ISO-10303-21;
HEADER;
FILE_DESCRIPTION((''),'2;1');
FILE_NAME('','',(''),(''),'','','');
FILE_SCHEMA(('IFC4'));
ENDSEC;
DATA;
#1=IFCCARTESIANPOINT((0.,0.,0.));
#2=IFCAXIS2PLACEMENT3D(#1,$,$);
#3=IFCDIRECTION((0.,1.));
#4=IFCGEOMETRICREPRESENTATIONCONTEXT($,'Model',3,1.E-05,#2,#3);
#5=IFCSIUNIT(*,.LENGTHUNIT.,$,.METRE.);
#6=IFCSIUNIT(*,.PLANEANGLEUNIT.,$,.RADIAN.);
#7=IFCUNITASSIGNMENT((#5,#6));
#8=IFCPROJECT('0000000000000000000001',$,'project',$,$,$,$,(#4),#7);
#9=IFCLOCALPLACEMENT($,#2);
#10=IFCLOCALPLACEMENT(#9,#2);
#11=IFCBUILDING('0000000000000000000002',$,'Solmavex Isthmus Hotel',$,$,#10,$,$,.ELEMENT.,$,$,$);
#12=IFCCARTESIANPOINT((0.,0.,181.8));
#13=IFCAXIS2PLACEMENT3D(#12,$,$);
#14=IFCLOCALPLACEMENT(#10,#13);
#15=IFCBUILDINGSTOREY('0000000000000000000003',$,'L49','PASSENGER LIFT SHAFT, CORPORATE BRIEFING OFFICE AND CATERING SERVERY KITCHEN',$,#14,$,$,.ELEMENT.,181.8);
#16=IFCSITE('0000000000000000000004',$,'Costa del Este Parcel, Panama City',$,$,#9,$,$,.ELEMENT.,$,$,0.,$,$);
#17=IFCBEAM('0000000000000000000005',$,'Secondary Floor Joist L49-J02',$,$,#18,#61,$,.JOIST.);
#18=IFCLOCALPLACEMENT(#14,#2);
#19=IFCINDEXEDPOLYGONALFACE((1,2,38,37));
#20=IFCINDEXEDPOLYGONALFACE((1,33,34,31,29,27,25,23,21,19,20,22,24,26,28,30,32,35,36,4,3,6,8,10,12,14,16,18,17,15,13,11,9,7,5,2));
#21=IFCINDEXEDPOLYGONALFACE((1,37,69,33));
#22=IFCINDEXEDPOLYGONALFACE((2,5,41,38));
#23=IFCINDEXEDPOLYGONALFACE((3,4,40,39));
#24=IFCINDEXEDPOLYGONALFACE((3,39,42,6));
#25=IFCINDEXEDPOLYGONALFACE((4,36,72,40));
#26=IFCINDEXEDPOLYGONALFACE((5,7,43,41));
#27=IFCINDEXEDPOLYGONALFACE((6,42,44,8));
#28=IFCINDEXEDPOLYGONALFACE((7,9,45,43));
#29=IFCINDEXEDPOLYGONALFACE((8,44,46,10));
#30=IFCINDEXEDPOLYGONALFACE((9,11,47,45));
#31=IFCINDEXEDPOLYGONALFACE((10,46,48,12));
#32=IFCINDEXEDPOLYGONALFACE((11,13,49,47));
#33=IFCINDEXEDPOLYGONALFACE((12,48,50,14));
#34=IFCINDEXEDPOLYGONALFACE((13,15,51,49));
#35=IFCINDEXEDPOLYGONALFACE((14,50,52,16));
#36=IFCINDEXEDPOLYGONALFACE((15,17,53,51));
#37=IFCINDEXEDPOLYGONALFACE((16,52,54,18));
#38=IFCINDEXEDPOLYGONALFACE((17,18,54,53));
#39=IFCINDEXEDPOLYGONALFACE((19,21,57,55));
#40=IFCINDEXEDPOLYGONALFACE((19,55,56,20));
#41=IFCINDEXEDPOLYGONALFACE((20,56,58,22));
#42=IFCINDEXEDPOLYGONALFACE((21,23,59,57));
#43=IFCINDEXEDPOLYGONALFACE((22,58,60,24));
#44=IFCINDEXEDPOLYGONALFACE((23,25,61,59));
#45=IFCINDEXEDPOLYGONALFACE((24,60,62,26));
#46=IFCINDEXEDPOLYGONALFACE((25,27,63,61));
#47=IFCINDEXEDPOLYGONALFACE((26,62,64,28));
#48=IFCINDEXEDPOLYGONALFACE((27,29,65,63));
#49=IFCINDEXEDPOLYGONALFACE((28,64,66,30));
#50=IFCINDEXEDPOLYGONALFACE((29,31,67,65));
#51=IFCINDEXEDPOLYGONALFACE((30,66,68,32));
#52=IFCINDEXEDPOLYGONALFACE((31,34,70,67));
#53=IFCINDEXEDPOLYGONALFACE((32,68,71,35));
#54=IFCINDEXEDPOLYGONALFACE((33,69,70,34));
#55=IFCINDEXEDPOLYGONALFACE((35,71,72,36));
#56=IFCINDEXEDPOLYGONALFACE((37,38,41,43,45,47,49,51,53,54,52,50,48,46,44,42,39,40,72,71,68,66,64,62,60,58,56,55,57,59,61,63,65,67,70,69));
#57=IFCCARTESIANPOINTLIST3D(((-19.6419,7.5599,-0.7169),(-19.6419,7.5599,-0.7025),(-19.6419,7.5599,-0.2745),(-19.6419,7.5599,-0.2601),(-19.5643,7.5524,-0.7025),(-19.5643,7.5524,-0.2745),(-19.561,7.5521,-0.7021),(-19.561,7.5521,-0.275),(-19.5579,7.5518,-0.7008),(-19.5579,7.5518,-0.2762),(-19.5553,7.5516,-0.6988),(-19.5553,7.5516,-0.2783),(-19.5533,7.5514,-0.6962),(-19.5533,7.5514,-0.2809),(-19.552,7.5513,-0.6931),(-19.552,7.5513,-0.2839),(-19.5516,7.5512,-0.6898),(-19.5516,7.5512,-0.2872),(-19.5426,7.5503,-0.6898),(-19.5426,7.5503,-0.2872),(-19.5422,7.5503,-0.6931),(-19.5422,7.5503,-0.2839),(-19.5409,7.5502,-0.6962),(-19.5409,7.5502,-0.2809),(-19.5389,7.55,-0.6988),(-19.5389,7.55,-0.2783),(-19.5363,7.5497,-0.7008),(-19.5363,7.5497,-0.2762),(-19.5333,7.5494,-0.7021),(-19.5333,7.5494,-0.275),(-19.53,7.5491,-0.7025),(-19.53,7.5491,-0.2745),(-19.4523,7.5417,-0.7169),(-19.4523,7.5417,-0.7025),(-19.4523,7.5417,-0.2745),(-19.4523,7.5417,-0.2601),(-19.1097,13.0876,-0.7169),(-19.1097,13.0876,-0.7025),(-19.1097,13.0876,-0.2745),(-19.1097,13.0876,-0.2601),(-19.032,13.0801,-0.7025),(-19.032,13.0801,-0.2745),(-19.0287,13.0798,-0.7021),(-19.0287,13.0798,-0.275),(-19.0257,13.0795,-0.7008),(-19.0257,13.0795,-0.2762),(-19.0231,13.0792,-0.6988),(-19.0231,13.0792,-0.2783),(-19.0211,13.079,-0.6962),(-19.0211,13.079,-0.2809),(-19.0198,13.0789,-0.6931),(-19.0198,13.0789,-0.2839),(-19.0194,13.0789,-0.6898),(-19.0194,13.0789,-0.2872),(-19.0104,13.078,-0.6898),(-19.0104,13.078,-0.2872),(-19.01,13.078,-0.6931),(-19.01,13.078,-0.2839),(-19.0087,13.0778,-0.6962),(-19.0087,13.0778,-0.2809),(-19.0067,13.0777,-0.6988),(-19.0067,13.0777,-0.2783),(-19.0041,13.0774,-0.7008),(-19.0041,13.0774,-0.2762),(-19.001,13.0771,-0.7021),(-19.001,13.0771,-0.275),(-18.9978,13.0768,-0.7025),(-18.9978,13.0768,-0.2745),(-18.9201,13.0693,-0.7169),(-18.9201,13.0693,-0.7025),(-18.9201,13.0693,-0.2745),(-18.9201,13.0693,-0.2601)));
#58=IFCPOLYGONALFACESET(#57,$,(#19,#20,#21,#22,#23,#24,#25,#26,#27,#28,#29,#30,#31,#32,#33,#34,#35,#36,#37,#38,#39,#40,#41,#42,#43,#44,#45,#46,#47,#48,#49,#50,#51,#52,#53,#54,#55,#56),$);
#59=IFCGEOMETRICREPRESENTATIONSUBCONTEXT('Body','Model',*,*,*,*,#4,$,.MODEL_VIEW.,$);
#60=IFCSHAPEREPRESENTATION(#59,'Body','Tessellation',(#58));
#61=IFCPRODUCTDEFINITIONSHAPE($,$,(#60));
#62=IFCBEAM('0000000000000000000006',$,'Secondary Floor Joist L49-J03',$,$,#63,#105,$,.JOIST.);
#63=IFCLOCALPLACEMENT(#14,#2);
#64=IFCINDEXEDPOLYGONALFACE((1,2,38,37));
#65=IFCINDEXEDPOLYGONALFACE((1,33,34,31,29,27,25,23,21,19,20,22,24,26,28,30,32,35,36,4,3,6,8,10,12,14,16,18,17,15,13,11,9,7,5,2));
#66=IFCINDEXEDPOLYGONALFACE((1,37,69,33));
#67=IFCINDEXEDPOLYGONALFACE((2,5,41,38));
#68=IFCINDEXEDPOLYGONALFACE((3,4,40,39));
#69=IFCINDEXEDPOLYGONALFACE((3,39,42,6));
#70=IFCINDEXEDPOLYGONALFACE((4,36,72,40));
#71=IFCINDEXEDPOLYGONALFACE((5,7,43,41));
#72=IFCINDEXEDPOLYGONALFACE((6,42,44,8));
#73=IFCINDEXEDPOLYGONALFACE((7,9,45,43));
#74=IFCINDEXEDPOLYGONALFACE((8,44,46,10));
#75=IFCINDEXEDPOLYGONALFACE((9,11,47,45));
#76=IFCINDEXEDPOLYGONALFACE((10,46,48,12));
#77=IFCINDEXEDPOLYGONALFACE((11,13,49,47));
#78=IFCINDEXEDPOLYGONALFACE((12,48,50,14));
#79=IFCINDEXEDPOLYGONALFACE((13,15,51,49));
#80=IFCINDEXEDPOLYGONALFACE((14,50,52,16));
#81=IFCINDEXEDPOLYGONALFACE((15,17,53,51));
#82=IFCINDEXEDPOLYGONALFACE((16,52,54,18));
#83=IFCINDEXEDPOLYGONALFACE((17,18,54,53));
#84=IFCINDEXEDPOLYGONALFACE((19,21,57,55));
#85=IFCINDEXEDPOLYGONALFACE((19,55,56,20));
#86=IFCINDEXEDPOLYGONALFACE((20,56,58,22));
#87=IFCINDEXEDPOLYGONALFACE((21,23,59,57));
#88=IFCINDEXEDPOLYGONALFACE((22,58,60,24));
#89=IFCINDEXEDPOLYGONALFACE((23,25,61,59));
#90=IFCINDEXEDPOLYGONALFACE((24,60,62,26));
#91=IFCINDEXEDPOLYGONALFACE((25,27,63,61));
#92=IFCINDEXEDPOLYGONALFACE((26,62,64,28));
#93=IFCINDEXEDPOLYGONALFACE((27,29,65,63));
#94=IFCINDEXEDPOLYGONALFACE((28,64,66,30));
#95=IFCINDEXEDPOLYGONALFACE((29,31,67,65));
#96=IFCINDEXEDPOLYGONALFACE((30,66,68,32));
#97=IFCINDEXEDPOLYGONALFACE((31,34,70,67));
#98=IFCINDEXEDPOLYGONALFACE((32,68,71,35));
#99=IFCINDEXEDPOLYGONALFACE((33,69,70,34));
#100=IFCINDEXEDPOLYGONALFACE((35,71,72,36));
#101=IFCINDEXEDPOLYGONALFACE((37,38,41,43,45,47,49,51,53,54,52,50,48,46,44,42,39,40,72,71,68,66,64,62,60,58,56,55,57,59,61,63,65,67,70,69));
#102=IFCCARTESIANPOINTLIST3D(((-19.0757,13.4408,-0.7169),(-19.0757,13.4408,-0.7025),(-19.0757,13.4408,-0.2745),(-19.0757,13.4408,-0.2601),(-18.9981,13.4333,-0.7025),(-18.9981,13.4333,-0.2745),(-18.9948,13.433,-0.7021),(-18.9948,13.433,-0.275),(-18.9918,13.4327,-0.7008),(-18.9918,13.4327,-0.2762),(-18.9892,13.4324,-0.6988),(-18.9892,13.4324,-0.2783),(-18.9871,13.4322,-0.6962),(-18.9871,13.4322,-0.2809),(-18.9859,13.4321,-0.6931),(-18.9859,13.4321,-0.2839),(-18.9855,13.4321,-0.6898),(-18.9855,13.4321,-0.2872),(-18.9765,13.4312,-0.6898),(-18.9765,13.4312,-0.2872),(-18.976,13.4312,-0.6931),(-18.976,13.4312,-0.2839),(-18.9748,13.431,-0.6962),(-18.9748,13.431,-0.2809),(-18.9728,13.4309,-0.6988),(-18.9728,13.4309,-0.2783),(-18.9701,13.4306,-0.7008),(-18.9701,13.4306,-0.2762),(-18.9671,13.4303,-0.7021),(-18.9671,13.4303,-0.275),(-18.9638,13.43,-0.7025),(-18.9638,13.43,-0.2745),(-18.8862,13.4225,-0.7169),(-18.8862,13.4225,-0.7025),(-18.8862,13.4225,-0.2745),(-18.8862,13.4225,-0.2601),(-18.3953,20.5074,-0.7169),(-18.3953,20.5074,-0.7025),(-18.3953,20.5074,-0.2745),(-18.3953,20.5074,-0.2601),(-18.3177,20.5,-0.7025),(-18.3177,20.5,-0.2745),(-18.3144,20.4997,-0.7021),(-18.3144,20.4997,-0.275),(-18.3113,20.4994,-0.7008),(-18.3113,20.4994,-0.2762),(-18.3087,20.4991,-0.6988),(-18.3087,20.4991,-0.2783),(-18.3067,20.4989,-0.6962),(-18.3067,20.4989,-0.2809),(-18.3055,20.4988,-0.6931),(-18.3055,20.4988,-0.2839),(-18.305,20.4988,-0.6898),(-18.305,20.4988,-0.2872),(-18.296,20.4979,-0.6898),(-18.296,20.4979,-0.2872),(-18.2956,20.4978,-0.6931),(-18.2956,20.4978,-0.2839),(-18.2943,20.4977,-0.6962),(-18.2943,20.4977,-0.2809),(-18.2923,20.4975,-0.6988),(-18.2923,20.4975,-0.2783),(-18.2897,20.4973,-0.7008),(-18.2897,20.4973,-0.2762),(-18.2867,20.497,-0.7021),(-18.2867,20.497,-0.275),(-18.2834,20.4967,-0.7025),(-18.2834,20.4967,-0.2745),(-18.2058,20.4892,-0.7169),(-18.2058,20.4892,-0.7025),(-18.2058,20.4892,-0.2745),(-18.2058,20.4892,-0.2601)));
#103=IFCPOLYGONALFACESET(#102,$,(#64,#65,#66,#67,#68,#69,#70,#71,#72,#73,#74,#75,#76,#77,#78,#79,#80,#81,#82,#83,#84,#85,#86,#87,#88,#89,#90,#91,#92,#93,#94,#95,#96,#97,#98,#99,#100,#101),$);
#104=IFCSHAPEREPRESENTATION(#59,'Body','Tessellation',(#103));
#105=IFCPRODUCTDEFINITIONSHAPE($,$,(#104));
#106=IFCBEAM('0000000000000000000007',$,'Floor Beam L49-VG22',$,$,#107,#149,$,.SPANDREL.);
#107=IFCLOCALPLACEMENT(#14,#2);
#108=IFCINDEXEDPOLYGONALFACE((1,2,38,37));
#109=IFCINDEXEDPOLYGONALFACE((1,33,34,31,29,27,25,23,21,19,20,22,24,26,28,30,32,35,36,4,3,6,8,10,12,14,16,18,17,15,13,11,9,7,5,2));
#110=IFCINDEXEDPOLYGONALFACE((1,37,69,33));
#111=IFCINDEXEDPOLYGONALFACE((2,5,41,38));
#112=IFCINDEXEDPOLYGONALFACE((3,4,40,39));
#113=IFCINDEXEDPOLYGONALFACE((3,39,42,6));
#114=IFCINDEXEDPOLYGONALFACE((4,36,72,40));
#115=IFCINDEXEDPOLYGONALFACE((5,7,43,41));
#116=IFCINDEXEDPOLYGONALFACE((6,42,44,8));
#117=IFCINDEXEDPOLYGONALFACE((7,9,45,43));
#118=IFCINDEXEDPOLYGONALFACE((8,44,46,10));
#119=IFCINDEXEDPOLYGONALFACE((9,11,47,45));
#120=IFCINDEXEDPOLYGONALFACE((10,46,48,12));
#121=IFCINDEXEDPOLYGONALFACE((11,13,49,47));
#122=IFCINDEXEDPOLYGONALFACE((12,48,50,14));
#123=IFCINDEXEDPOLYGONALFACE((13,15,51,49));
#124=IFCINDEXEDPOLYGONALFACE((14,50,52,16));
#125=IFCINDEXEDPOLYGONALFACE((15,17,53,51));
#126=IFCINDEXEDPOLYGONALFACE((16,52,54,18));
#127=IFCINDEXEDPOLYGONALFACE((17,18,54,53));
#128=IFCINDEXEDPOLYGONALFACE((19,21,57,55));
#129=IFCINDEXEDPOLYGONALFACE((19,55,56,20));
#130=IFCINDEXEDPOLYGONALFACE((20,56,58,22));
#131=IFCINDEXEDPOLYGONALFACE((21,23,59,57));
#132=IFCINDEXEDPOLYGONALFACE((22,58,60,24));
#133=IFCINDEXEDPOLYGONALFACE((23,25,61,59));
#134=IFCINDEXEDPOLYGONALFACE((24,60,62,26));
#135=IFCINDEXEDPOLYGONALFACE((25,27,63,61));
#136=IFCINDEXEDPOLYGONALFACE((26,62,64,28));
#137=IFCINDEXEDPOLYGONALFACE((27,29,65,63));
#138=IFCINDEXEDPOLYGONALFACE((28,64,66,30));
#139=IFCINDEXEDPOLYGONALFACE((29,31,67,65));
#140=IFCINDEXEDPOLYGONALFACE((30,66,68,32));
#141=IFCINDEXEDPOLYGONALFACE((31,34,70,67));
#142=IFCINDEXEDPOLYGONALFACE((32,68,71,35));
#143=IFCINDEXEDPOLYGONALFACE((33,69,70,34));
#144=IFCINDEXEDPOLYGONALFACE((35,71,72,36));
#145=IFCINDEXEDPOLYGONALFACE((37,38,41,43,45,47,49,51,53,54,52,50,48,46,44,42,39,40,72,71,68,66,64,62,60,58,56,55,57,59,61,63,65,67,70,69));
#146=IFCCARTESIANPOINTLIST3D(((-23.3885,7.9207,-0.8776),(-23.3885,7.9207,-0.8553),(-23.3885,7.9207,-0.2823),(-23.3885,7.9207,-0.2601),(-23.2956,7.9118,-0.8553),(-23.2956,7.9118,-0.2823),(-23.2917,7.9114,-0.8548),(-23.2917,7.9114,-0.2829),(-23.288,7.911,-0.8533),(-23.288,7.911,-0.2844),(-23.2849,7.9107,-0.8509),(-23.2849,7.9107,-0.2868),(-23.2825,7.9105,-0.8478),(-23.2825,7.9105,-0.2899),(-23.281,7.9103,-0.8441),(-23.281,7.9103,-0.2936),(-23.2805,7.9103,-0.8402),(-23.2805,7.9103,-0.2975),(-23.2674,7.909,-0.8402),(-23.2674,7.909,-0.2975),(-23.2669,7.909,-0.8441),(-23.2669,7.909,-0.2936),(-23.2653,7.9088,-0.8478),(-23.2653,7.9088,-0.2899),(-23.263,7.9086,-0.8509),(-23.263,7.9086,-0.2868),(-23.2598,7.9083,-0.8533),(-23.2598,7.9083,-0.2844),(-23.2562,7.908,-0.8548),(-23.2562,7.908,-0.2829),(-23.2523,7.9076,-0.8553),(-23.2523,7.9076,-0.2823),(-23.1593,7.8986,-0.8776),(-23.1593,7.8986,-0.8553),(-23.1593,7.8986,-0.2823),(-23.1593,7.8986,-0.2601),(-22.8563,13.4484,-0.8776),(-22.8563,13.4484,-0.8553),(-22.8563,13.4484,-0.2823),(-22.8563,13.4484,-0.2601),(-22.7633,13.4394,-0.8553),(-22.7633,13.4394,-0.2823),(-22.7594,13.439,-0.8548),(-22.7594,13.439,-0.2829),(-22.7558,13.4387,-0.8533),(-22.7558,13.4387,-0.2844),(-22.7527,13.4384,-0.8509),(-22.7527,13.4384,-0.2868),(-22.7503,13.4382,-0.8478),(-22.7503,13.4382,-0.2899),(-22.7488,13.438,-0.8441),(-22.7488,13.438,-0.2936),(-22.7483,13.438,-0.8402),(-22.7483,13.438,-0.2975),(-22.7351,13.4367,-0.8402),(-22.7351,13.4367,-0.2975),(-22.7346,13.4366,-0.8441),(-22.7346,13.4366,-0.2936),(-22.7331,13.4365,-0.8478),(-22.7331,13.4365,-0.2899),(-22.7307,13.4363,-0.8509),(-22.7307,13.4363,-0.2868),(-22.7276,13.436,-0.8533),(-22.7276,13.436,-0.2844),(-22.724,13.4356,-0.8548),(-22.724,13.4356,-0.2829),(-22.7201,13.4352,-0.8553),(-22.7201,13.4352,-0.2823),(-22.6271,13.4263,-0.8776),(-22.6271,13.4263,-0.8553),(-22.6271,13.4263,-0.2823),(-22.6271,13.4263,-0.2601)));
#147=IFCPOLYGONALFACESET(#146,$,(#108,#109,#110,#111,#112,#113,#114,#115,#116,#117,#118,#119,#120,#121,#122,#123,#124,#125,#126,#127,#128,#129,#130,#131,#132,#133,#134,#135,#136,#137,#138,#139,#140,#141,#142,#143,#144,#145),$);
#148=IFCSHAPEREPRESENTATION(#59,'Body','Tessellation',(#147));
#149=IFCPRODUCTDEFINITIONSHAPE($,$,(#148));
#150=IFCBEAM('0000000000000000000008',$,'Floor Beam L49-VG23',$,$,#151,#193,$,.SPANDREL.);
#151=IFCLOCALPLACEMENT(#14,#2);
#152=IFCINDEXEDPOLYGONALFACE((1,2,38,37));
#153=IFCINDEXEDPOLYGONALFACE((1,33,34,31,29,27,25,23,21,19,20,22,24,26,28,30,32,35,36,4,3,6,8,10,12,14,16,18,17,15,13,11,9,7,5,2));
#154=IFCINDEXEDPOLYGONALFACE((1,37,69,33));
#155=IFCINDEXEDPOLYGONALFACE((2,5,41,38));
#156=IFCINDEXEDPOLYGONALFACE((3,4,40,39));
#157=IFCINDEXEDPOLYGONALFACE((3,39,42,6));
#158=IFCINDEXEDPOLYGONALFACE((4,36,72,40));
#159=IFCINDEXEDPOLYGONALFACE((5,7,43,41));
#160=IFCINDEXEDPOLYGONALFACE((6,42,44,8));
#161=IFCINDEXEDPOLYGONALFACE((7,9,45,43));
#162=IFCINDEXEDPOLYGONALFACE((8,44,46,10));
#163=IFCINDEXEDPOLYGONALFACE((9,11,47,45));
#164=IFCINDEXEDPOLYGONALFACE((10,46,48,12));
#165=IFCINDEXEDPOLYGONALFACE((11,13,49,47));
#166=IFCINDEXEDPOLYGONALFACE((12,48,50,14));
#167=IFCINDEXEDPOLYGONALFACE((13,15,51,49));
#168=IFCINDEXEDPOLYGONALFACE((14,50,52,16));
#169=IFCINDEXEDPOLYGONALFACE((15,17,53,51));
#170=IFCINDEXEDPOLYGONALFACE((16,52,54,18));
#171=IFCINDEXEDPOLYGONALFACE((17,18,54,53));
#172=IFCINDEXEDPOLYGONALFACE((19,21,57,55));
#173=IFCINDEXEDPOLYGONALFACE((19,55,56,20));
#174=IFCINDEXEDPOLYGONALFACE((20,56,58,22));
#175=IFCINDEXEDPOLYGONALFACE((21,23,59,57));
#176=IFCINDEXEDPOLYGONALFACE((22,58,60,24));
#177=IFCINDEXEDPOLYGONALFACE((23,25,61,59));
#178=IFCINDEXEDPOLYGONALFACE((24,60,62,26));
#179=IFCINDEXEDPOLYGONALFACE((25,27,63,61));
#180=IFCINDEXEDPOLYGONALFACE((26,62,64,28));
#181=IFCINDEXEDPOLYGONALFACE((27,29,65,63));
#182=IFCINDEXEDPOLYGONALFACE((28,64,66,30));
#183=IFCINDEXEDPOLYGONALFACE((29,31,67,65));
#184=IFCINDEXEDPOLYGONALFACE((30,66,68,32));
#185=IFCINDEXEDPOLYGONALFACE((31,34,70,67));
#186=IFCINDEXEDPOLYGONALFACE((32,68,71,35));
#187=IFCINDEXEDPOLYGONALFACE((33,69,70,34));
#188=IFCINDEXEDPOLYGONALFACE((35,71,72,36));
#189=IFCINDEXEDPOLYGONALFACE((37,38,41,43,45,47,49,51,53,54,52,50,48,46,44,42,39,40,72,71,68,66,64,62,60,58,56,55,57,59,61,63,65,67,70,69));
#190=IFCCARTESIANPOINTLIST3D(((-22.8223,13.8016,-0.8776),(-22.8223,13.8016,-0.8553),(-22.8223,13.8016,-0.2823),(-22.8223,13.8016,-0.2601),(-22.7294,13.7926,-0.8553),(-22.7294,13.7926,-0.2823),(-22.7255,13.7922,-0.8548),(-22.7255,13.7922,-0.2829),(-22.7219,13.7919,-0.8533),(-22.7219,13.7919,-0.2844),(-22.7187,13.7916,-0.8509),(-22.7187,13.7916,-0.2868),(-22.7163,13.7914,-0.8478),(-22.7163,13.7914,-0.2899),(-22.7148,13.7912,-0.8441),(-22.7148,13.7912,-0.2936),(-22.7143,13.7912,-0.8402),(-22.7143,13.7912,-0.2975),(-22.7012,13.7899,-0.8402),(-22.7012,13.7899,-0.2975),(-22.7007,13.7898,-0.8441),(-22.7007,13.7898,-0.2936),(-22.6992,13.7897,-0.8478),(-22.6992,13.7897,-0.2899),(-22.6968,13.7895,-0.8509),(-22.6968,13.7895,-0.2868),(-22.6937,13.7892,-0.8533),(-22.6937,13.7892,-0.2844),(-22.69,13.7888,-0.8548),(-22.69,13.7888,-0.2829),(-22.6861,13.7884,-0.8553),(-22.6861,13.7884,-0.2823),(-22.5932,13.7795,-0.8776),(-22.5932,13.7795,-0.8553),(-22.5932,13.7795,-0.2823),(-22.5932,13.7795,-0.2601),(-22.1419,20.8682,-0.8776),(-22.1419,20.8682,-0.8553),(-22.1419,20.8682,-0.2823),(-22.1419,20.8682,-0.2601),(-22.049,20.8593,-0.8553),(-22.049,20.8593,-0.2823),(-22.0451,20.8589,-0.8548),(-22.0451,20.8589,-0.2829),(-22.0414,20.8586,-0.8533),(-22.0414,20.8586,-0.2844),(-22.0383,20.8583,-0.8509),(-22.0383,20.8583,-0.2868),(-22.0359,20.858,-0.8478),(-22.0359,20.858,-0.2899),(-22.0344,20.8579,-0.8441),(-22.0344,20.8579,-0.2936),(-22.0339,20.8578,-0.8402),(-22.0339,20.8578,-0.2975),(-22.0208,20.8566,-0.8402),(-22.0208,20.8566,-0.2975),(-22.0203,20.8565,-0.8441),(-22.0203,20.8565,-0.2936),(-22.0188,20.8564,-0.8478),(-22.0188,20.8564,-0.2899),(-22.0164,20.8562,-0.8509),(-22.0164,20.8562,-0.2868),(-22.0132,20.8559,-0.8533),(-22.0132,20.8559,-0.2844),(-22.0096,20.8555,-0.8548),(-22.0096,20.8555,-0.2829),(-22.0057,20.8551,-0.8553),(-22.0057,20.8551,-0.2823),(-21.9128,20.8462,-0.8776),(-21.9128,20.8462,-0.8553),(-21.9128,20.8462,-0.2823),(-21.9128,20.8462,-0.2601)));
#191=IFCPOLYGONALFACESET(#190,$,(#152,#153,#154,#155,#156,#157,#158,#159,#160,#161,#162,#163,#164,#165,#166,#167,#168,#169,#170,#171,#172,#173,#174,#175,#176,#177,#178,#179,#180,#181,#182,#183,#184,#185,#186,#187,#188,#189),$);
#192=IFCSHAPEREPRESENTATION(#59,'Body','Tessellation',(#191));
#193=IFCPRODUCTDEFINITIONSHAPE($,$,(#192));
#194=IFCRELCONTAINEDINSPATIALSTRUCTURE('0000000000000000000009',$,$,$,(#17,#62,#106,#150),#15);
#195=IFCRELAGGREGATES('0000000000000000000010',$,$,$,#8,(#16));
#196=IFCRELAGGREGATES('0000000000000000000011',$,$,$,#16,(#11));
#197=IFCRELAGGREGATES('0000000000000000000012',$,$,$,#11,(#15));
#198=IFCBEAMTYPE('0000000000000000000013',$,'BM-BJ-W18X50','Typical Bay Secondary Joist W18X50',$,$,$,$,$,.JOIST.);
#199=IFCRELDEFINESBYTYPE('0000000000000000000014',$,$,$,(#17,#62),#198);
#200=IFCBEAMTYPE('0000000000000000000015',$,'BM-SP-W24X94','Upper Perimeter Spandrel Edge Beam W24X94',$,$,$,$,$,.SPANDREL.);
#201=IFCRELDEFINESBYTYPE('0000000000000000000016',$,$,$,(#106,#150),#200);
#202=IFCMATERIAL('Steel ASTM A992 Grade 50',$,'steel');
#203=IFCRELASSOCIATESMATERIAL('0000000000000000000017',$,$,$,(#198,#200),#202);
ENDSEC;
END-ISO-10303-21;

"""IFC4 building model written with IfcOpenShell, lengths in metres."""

from ifc_helpers import new_model, si_unit, direction, frame, origin, origin_2d, place, context, subcontext, project, spatial, i_section, extrude, material, material_profile, profile_set, type_object, element, save


model = new_model("IFC4")

# Units and contexts
model_context = context("Model", 3, precision=1e-05, world=origin(), true_north=direction((0.0, 1.0)))
body_context = subcontext(model_context, "Body", "Model", "MODEL_VIEW")
ifc_project = project(units=[si_unit("LENGTHUNIT", "METRE"), si_unit("PLANEANGLEUNIT", "RADIAN")], contexts=[model_context])

# Site, building, storey
site_placement = place(None, origin())
site = spatial("IfcSite", under=ifc_project, at=site_placement, Name="Costa del Este Parcel, Panama City", CompositionType="ELEMENT", RefElevation=0.0)
building_placement = place(site_placement, origin())
building = spatial("IfcBuilding", under=site, at=building_placement, Name="Solmavex Isthmus Hotel", CompositionType="ELEMENT")
storey_placement = place(building_placement, frame((0.0, 0.0, 181.8)))
storey = spatial("IfcBuildingStorey", under=building, at=storey_placement, Name="L49", Description="PASSENGER LIFT SHAFT, CORPORATE BRIEFING OFFICE AND CATERING SERVERY KITCHEN", CompositionType="ELEMENT", Elevation=181.8)

# Beams
ifc_material_1 = material(Name="Steel ASTM A992 Grade 50", Category="steel")
ifc_material_profile_1 = material_profile(ifc_material_1, i_section(OverallWidth=0.1904, OverallDepth=0.4568, WebThickness=0.009, FlangeThickness=0.0144, FilletRadius=0.0127, at=origin_2d()), Name="W18X50")
ifc_profile_set_1 = profile_set([ifc_material_profile_1], Name="Steel ASTM A992 Grade 50")
beam_type_1 = type_object("IfcBeamType", Name="BM-BJ-W18X50", Description="Typical Bay Secondary Joist W18X50", PredefinedType="JOIST", material=ifc_profile_set_1)
beam_1_placement = place(storey_placement, frame((-19.5471, 7.5508, -0.4885), z_axis=(0.095842, 0.995397, 0.0), x_axis=(-0.995397, 0.095842, 0.0)))
element("IfcBeam", 1, at=beam_1_placement, inside=storey, type_object=beam_type_1, Name="Secondary Floor Joist L49-J02", PredefinedType="JOIST", context=body_context, shape_type="SweptSolid", body=[
    extrude(i_section(OverallWidth=0.1904, OverallDepth=0.4568, WebThickness=0.009, FlangeThickness=0.0144, FilletRadius=0.0127, at=origin_2d()), origin(), (0.0, 0.0, 1.0), 5.5532),
])
beam_2_placement = place(storey_placement, frame((-18.981, 13.4316, -0.4885), z_axis=(0.095843, 0.995396, 0.0), x_axis=(-0.995396, 0.095843, 0.0)))
element("IfcBeam", 2, at=beam_2_placement, inside=storey, type_object=beam_type_1, Name="Secondary Floor Joist L49-J03", PredefinedType="JOIST", context=body_context, shape_type="SweptSolid", body=[
    extrude(i_section(OverallWidth=0.1904, OverallDepth=0.4568, WebThickness=0.009, FlangeThickness=0.0144, FilletRadius=0.0127, at=origin_2d()), origin(), (0.0, 0.0, 1.0), 7.0994),
])
ifc_material_profile_2 = material_profile(ifc_material_1, i_section(OverallWidth=0.2302, OverallDepth=0.6174, WebThickness=0.0132, FlangeThickness=0.0222, FilletRadius=0.0151, at=origin_2d()), Name="W24X94")
ifc_profile_set_2 = profile_set([ifc_material_profile_2], Name="Steel ASTM A992 Grade 50")
beam_type_2 = type_object("IfcBeamType", Name="BM-SP-W24X94", Description="Upper Perimeter Spandrel Edge Beam W24X94", PredefinedType="SPANDREL", material=ifc_profile_set_2)
beam_3_placement = place(storey_placement, frame((-23.2739, 7.9097, -0.5688), z_axis=(0.095842, 0.995397, 0.0), x_axis=(-0.995397, 0.095842, 0.0)))
element("IfcBeam", 3, at=beam_3_placement, inside=storey, type_object=beam_type_2, Name="Floor Beam L49-VG22", PredefinedType="SPANDREL", context=body_context, shape_type="SweptSolid", body=[
    extrude(i_section(OverallWidth=0.2302, OverallDepth=0.6174, WebThickness=0.0132, FlangeThickness=0.0222, FilletRadius=0.0151, at=origin_2d()), origin(), (0.0, 0.0, 1.0), 5.5532),
])
beam_4_placement = place(storey_placement, frame((-22.7078, 13.7905, -0.5688), z_axis=(0.095843, 0.995396, 0.0), x_axis=(-0.995396, 0.095843, 0.0)))
element("IfcBeam", 4, at=beam_4_placement, inside=storey, type_object=beam_type_2, Name="Floor Beam L49-VG23", PredefinedType="SPANDREL", context=body_context, shape_type="SweptSolid", body=[
    extrude(i_section(OverallWidth=0.2302, OverallDepth=0.6174, WebThickness=0.0132, FlangeThickness=0.0222, FilletRadius=0.0151, at=origin_2d()), origin(), (0.0, 0.0, 1.0), 7.0994),
])

save(model, "model.ifc")
